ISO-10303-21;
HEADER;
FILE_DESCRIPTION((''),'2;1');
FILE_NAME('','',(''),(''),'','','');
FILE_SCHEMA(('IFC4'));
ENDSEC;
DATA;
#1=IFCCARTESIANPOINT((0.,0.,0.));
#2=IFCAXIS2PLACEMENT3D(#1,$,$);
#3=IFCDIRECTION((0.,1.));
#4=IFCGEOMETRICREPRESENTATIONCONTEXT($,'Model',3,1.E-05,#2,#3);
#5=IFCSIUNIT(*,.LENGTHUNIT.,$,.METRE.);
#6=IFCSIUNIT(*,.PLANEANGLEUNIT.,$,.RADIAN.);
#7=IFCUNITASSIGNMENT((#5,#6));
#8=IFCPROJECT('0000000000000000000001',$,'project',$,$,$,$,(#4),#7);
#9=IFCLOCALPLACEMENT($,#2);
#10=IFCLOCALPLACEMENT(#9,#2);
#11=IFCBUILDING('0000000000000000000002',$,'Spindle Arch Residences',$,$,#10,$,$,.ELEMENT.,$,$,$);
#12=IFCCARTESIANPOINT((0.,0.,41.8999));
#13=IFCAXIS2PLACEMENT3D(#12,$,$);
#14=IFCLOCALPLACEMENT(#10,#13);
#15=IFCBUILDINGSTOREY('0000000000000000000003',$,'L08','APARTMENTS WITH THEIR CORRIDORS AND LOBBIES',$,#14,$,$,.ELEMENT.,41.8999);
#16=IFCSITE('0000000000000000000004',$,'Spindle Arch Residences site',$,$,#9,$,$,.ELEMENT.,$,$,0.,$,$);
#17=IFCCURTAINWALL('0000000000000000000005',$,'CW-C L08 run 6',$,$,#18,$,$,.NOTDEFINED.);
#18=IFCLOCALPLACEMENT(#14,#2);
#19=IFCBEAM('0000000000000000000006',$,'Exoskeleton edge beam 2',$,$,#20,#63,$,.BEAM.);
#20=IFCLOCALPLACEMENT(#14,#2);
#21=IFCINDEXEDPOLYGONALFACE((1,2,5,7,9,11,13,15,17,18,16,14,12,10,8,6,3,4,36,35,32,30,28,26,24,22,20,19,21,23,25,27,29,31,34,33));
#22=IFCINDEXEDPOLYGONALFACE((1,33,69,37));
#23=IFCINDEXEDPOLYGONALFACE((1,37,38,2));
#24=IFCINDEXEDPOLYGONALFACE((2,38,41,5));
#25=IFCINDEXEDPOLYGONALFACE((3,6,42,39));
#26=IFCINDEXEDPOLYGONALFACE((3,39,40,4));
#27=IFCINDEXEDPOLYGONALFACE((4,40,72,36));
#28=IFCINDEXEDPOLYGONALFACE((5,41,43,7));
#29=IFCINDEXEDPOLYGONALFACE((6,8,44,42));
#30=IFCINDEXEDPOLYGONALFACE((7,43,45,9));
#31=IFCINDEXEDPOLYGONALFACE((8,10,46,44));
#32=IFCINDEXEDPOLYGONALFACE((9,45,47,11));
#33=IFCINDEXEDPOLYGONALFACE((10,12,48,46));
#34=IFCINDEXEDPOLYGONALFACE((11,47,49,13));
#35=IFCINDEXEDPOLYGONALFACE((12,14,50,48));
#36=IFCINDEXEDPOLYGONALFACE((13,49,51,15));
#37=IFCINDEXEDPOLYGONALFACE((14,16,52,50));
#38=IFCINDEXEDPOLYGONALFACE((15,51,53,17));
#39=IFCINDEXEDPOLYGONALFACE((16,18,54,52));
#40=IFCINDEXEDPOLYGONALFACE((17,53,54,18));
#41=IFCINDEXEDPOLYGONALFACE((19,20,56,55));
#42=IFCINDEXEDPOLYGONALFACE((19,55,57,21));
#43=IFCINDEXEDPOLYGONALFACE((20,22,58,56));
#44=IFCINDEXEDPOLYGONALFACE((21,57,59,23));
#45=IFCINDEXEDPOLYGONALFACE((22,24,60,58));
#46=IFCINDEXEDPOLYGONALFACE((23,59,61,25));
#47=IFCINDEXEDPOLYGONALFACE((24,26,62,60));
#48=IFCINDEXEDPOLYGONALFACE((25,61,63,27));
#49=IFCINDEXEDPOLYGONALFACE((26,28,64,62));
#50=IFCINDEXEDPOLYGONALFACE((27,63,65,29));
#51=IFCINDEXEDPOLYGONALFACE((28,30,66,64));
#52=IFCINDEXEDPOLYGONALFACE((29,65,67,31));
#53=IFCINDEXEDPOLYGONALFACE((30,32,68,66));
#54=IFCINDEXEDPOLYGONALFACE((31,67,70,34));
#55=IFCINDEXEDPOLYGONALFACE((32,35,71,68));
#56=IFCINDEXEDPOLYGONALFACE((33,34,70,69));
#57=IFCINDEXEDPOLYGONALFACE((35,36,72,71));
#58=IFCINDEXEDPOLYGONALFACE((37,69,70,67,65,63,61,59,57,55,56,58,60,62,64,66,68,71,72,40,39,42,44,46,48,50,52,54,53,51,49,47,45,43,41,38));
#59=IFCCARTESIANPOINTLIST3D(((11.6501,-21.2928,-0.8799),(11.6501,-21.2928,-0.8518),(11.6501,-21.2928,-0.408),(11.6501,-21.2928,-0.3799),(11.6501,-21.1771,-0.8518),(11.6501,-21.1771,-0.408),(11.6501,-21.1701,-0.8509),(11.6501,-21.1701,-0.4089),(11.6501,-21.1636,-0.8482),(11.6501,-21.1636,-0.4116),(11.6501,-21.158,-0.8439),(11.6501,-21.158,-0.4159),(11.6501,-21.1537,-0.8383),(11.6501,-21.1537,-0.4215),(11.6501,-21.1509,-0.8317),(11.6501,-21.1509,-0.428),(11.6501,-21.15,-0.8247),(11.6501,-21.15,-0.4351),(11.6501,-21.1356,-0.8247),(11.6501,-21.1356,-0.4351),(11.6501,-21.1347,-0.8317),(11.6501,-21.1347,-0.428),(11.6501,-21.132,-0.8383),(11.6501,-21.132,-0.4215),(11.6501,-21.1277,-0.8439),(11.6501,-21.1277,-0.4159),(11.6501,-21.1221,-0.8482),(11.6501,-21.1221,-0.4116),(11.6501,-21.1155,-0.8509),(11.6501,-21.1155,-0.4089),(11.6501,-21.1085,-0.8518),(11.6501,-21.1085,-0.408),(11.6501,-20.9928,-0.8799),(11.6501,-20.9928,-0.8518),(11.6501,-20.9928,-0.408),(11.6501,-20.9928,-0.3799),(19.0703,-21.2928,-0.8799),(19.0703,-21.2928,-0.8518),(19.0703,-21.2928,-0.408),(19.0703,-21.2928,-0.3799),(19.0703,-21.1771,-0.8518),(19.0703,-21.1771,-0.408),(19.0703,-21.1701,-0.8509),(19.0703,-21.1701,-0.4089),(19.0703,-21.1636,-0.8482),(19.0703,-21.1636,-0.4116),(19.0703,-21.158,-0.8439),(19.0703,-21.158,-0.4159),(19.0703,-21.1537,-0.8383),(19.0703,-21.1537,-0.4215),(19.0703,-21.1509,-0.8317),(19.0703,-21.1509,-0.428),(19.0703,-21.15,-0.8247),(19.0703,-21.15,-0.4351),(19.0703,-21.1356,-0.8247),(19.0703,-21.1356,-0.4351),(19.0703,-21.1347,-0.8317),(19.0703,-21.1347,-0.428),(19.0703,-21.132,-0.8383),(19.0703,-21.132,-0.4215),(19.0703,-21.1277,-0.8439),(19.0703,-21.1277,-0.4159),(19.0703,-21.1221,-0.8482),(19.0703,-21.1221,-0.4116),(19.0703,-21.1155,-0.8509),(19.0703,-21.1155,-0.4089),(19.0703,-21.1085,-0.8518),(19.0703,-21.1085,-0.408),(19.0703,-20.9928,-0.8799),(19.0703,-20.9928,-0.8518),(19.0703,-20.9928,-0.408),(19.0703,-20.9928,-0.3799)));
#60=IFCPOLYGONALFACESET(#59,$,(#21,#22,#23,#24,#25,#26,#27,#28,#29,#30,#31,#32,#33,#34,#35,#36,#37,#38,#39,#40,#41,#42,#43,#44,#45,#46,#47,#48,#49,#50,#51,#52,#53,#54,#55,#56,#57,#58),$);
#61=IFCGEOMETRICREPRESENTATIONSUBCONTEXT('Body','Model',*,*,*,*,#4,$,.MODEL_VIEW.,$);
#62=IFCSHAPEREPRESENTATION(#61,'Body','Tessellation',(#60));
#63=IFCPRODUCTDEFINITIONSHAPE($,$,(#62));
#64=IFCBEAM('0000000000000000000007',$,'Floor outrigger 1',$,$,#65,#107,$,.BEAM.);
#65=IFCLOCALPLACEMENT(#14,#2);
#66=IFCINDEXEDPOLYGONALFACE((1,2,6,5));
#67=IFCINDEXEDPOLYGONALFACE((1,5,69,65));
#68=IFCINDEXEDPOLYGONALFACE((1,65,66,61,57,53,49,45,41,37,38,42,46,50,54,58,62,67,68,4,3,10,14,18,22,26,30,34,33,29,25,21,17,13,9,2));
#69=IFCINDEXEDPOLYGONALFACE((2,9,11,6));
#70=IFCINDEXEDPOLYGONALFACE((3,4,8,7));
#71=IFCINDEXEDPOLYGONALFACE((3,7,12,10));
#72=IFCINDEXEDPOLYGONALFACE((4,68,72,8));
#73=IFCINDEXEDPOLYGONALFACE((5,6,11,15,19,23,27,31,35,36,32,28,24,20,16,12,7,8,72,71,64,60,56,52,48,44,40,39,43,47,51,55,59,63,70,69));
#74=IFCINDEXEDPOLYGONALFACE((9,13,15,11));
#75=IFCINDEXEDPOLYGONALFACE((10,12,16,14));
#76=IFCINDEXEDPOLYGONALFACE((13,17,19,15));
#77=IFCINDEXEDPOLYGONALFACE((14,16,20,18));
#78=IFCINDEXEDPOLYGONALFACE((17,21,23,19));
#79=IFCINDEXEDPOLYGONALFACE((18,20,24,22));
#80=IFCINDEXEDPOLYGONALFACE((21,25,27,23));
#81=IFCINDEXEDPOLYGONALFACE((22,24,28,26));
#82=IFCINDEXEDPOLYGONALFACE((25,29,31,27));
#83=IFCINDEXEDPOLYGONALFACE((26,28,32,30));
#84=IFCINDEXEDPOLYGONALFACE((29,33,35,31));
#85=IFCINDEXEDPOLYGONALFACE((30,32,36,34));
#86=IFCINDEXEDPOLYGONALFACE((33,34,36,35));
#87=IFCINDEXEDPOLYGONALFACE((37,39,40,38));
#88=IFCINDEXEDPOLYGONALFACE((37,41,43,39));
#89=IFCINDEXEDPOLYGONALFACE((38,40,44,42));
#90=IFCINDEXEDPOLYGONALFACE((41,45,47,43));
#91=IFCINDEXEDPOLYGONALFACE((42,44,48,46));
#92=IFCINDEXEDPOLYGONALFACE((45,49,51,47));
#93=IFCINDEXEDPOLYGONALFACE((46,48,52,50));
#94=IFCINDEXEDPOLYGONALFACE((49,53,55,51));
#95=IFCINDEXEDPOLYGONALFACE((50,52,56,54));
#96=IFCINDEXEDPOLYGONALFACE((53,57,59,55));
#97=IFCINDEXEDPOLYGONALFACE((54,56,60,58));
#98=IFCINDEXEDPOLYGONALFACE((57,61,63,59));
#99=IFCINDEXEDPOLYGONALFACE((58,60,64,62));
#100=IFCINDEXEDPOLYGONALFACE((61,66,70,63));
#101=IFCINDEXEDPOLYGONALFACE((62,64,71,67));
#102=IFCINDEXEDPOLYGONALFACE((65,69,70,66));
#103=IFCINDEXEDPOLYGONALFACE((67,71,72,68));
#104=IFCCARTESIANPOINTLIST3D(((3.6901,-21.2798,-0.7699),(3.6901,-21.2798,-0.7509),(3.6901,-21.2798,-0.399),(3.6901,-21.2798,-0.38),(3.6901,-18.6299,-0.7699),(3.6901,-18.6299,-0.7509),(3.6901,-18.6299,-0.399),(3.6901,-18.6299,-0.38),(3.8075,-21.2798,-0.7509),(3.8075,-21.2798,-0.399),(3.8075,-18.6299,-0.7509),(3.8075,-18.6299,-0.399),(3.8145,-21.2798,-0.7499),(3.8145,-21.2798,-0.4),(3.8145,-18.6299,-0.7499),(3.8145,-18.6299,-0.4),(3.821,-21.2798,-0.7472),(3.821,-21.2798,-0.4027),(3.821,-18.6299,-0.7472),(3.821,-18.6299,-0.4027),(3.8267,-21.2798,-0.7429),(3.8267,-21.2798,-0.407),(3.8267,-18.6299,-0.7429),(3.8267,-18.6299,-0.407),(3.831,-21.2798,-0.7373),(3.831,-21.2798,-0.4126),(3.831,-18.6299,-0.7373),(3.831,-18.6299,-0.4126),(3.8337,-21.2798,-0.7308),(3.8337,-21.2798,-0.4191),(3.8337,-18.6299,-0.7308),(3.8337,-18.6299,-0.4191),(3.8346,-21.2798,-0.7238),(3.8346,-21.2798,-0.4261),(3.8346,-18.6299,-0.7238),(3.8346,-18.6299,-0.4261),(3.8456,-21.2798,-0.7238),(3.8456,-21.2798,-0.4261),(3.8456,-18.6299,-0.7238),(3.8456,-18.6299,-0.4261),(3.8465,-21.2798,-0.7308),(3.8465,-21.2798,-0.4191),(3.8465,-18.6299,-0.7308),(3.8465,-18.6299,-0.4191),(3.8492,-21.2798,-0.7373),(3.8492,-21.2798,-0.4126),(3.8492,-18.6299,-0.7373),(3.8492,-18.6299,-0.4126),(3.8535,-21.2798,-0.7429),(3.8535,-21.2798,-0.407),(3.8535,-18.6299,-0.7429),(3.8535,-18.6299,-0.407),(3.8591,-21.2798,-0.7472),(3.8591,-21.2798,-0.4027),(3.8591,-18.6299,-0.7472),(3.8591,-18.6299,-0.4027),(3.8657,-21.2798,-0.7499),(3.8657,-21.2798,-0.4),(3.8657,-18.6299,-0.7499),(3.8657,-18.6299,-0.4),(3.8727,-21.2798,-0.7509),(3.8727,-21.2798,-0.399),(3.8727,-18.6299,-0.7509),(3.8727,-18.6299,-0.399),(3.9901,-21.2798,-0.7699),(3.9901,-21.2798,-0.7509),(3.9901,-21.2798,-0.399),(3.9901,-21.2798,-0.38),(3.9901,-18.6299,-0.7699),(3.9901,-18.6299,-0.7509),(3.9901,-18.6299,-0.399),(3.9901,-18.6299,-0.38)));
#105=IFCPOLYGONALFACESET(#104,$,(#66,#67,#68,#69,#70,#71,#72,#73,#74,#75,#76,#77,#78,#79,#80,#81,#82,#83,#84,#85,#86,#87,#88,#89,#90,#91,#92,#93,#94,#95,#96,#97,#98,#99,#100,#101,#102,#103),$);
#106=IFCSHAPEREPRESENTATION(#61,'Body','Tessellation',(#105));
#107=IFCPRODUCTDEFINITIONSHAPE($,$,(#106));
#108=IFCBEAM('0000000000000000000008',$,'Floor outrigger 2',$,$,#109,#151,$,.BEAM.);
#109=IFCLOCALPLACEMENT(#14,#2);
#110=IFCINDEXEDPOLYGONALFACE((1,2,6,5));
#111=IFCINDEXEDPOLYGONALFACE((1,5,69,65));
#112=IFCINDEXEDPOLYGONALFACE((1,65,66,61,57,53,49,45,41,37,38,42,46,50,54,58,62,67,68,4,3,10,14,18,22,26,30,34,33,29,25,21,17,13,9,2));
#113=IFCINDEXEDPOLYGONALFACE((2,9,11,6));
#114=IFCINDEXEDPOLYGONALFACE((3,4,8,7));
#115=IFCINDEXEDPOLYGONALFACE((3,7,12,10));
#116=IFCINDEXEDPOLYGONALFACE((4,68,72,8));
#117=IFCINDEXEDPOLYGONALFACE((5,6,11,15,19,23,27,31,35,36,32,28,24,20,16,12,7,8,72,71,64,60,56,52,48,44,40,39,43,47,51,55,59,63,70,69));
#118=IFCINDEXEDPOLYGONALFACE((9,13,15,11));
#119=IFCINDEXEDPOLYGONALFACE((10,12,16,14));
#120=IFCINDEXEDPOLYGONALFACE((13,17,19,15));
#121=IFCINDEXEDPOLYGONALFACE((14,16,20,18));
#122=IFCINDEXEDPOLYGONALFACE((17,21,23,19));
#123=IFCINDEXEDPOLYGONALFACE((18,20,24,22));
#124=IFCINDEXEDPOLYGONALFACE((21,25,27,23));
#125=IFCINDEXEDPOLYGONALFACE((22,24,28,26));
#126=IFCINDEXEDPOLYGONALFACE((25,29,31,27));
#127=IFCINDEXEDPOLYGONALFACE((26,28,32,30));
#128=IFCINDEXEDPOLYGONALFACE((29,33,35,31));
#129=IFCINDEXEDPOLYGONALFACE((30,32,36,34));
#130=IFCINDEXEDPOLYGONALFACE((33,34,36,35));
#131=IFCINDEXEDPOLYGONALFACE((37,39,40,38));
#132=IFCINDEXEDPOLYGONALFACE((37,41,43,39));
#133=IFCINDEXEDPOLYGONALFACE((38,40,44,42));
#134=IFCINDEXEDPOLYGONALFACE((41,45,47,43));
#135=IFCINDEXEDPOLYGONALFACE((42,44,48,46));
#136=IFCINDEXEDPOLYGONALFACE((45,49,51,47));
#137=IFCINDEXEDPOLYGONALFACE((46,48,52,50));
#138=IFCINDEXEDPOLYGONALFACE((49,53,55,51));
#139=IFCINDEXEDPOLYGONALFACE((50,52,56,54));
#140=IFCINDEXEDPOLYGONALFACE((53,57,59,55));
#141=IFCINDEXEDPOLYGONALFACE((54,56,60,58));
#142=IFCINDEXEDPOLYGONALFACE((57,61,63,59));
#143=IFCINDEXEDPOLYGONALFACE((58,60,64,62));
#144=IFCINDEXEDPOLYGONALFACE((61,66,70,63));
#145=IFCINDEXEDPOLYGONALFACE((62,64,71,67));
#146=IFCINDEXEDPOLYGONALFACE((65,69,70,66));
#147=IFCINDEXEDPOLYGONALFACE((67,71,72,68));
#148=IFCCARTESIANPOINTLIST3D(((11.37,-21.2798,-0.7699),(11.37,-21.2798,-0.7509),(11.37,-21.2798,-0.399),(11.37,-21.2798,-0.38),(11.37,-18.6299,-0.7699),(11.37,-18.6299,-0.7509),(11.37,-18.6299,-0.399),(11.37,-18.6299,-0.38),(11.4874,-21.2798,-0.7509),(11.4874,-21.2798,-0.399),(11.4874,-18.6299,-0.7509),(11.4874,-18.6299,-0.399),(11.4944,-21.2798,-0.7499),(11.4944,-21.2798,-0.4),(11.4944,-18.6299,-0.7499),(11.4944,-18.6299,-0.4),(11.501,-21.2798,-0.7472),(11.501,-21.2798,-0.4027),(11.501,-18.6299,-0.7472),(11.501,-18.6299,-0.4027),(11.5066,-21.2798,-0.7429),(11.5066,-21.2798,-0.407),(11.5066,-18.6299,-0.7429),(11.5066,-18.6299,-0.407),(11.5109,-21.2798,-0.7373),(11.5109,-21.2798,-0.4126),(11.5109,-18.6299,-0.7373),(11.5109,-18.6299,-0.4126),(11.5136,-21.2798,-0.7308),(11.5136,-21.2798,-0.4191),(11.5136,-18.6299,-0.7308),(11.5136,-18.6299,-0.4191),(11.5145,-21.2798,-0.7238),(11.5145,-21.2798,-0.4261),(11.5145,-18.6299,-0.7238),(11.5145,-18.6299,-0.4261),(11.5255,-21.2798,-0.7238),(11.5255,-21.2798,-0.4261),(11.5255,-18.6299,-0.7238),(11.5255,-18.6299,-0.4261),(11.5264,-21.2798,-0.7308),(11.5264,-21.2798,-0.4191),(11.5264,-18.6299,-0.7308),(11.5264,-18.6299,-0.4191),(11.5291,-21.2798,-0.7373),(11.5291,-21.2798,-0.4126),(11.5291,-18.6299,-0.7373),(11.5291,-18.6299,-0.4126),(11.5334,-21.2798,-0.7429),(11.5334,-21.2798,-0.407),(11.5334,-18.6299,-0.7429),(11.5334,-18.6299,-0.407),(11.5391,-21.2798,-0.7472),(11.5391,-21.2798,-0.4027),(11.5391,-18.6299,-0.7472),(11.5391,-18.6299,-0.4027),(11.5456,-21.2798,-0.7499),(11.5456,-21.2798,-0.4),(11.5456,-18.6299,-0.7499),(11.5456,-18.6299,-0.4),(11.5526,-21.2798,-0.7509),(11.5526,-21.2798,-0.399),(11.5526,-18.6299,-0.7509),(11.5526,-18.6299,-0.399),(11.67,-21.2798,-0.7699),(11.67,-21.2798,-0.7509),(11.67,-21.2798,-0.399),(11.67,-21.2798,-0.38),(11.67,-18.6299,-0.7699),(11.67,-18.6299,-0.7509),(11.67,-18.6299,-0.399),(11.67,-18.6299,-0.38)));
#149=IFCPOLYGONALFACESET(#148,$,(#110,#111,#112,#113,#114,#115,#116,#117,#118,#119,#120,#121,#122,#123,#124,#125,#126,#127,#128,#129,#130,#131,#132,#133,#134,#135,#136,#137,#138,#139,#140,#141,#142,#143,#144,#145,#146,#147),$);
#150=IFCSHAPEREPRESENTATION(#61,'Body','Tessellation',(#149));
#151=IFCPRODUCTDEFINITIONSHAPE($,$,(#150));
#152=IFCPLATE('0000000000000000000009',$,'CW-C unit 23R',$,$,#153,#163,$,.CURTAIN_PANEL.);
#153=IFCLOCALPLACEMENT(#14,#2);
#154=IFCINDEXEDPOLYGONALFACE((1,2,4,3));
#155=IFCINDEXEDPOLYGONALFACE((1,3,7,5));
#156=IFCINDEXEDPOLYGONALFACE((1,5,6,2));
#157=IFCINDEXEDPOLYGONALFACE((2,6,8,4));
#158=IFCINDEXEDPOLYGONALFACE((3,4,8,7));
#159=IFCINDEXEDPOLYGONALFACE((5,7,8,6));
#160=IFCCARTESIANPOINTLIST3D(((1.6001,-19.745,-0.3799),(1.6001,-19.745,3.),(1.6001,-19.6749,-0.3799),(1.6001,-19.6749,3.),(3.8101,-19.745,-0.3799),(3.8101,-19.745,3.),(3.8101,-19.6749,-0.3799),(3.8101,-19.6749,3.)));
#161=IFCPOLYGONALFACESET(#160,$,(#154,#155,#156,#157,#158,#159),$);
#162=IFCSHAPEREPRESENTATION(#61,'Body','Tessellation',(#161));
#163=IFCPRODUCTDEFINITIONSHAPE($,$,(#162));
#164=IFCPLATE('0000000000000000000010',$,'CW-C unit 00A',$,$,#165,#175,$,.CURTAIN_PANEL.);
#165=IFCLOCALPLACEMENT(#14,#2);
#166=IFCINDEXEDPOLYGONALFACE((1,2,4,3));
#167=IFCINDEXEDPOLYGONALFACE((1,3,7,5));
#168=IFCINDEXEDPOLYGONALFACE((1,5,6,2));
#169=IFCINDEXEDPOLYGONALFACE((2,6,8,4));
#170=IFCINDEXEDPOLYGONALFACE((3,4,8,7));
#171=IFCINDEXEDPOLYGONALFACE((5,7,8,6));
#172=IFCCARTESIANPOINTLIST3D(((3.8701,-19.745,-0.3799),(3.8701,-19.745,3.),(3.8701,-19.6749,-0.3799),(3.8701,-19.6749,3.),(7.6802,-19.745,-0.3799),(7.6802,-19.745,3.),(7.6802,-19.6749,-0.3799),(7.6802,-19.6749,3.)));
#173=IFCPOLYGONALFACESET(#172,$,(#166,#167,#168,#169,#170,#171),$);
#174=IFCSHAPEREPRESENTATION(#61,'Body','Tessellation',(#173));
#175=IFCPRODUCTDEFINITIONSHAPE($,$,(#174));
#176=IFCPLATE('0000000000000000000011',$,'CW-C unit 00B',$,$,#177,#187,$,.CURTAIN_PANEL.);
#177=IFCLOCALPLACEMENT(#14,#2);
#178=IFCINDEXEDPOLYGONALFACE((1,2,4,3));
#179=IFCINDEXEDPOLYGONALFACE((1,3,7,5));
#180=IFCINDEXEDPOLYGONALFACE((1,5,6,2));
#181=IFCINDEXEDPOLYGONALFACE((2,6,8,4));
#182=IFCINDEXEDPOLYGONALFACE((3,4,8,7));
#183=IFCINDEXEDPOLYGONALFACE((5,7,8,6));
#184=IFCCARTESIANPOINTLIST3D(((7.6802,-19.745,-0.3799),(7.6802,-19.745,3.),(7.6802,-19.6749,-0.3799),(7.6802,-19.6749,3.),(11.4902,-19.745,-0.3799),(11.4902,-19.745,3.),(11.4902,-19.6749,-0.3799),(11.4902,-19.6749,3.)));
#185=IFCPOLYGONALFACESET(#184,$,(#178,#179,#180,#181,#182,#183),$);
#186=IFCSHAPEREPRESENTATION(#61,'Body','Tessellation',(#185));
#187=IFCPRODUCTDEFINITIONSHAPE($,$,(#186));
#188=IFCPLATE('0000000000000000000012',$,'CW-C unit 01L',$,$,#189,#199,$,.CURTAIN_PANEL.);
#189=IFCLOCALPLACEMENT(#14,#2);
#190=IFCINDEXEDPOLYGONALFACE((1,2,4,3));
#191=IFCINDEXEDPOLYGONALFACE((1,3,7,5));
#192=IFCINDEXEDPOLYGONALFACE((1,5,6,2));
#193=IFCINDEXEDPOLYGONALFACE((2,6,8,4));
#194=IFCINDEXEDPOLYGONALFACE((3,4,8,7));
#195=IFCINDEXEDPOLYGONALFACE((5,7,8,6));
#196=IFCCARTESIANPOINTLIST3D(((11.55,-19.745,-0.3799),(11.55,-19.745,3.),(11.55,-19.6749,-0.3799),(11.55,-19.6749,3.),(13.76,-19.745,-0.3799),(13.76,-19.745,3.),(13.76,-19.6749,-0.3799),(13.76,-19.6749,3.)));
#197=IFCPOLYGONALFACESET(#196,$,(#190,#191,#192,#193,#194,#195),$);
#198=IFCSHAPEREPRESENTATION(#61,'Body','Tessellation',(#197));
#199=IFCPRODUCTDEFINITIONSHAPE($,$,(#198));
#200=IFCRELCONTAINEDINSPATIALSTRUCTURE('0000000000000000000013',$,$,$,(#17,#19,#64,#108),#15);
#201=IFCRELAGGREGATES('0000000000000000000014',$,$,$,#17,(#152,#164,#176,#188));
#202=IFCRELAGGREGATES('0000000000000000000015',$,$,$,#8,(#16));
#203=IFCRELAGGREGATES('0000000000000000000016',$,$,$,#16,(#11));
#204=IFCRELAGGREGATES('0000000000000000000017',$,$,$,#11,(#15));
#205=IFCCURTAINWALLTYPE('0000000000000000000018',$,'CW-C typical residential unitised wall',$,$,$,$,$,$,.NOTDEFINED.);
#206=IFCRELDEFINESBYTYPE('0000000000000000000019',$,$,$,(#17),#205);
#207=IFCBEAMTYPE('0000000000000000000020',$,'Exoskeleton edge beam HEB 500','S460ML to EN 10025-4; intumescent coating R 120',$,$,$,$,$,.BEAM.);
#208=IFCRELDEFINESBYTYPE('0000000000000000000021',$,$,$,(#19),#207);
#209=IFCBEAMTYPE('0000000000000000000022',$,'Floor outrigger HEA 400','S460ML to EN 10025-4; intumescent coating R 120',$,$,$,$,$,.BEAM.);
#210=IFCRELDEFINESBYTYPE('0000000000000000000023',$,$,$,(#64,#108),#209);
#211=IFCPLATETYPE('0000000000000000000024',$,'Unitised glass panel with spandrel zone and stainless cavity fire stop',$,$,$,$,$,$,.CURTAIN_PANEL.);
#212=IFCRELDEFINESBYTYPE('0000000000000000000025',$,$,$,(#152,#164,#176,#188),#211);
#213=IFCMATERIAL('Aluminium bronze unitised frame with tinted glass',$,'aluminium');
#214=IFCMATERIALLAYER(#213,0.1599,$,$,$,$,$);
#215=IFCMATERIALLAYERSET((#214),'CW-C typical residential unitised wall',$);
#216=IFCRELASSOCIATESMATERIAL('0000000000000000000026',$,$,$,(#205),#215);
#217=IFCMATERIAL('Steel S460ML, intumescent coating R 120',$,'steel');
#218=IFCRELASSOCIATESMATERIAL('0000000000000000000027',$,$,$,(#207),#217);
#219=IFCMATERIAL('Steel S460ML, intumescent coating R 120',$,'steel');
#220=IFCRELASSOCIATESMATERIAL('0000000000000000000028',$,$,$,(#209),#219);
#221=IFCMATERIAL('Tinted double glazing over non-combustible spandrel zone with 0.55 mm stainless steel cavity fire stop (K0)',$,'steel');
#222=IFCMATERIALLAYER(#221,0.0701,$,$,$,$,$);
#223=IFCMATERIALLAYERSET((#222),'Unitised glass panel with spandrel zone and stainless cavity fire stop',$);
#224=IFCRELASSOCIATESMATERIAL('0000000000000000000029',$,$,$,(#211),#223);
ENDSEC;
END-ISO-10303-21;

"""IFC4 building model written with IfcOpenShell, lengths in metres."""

from ifc_helpers import new_model, si_unit, direction, frame, origin, origin_2d, place, context, subcontext, project, spatial, rectangle, i_section, extrude, material, layer, layer_set, material_profile, profile_set, type_object, element, aggregate, save


model = new_model("IFC4")

# Units and contexts
model_context = context("Model", 3, precision=1e-05, world=origin(), true_north=direction((0.0, 1.0)))
body_context = subcontext(model_context, "Body", "Model", "MODEL_VIEW")
ifc_project = project(units=[si_unit("LENGTHUNIT", "METRE"), si_unit("PLANEANGLEUNIT", "RADIAN")], contexts=[model_context])

# Site, building, storey
site_placement = place(None, origin())
site = spatial("IfcSite", under=ifc_project, at=site_placement, Name="Spindle Arch Residences site", CompositionType="ELEMENT", RefElevation=0.0)
building_placement = place(site_placement, origin())
building = spatial("IfcBuilding", under=site, at=building_placement, Name="Spindle Arch Residences", CompositionType="ELEMENT")
storey_placement = place(building_placement, frame((0.0, 0.0, 41.8999)))
storey = spatial("IfcBuildingStorey", under=building, at=storey_placement, Name="L08", Description="APARTMENTS WITH THEIR CORRIDORS AND LOBBIES", CompositionType="ELEMENT", Elevation=41.8999)

# Curtain wall
ifc_material_1 = material(Name="Aluminium bronze unitised frame with tinted glass", Category="aluminium")
ifc_layer_1 = layer(ifc_material_1, 0.1599)
ifc_layer_set_1 = layer_set([ifc_layer_1], Name="CW-C typical residential unitised wall")
curtain_wall_type = type_object("IfcCurtainWallType", Name="CW-C typical residential unitised wall", PredefinedType="NOTDEFINED", material=ifc_layer_set_1)
curtain_wall_placement = place(storey_placement, origin())
curtain_wall = element("IfcCurtainWall", 1, at=curtain_wall_placement, inside=storey, type_object=curtain_wall_type, Name="CW-C L08 run 6", PredefinedType="NOTDEFINED")

# Beams
ifc_material_2 = material(Name="Steel S460ML, intumescent coating R 120", Category="steel")
ifc_material_profile_1 = material_profile(ifc_material_2, i_section(OverallWidth=0.3, OverallDepth=0.5, WebThickness=0.0144, FlangeThickness=0.0281, FilletRadius=0.0271, at=origin_2d()), Name="HEB 500")
ifc_profile_set_1 = profile_set([ifc_material_profile_1], Name="Steel S460ML, intumescent coating R 120")
beam_type_1 = type_object("IfcBeamType", Name="Exoskeleton edge beam HEB 500", Description="S460ML to EN 10025-4; intumescent coating R 120", PredefinedType="BEAM", material=ifc_profile_set_1)
for number, where, z_axis, x_axis, name in (
    (2, (11.6501, -21.1428, -0.6299), (1.0, 0.0, 0.0), (0.0, 1.0, 0.0), "Exoskeleton edge beam 2"),
):
    element("IfcBeam", number, at=place(storey_placement, frame(where, z_axis=z_axis, x_axis=x_axis)), inside=storey, type_object=beam_type_1, Name=name, PredefinedType="BEAM", context=body_context, shape_type="SweptSolid", body=[
        extrude(i_section(OverallWidth=0.3, OverallDepth=0.5, WebThickness=0.0144, FlangeThickness=0.0281, FilletRadius=0.0271, at=origin_2d()), origin(), (0.0, 0.0, 1.0), 7.4202),
    ])
ifc_material_3 = material(Name="Steel S460ML, intumescent coating R 120", Category="steel")
ifc_material_profile_2 = material_profile(ifc_material_3, i_section(OverallWidth=0.3, OverallDepth=0.3899, WebThickness=0.011, FlangeThickness=0.019, FilletRadius=0.0271, at=origin_2d()), Name="HEA 400")
ifc_profile_set_2 = profile_set([ifc_material_profile_2], Name="Steel S460ML, intumescent coating R 120")
beam_type_2 = type_object("IfcBeamType", Name="Floor outrigger HEA 400", Description="S460ML to EN 10025-4; intumescent coating R 120", PredefinedType="BEAM", material=ifc_profile_set_2)
for number, where, z_axis, x_axis, name in (
    (3, (3.8401, -21.2798, -0.575), (0.0, 1.0, 0.0), (-1.0, 0.0, 0.0), "Floor outrigger 1"),
    (4, (11.52, -21.2798, -0.575), (0.0, 1.0, 0.0), (-1.0, 0.0, 0.0), "Floor outrigger 2"),
):
    element("IfcBeam", number, at=place(storey_placement, frame(where, z_axis=z_axis, x_axis=x_axis)), inside=storey, type_object=beam_type_2, Name=name, PredefinedType="BEAM", context=body_context, shape_type="SweptSolid", body=[
        extrude(i_section(OverallWidth=0.3, OverallDepth=0.3899, WebThickness=0.011, FlangeThickness=0.019, FilletRadius=0.0271, at=origin_2d()), origin(), (0.0, 0.0, 1.0), 2.6499),
    ])

# Plates
ifc_material_4 = material(Name="Tinted double glazing over non-combustible spandrel zone with 0.55 mm stainless steel cavity fire stop (K0)", Category="steel")
ifc_layer_2 = layer(ifc_material_4, 0.0701)
ifc_layer_set_2 = layer_set([ifc_layer_2], Name="Unitised glass panel with spandrel zone and stainless cavity fire stop")
plate_type = type_object("IfcPlateType", Name="Unitised glass panel with spandrel zone and stainless cavity fire stop", PredefinedType="CURTAIN_PANEL", material=ifc_layer_set_2)
plate_1_placement = place(storey_placement, frame((2.7051, -19.71, -0.3799), z_axis=(0.0, 0.0, 1.0), x_axis=(1.0, 0.0, 0.0)))
plate_1 = element("IfcPlate", 5, at=plate_1_placement, type_object=plate_type, Name="CW-C unit 23R", PredefinedType="CURTAIN_PANEL", context=body_context, shape_type="SweptSolid", body=[
    extrude(rectangle(XDim=2.21, YDim=0.0701, at=origin_2d()), origin(), (0.0, 0.0, 1.0), 3.3799),
])
plate_2_placement = place(storey_placement, frame((5.7751, -19.71, -0.3799), z_axis=(0.0, 0.0, 1.0), x_axis=(1.0, 0.0, 0.0)))
plate_2 = element("IfcPlate", 6, at=plate_2_placement, type_object=plate_type, Name="CW-C unit 00A", PredefinedType="CURTAIN_PANEL", context=body_context, shape_type="SweptSolid", body=[
    extrude(rectangle(XDim=3.8101, YDim=0.0701, at=origin_2d()), origin(), (0.0, 0.0, 1.0), 3.3799),
])
plate_3_placement = place(storey_placement, frame((9.5852, -19.71, -0.3799), z_axis=(0.0, 0.0, 1.0), x_axis=(1.0, 0.0, 0.0)))
plate_3 = element("IfcPlate", 7, at=plate_3_placement, type_object=plate_type, Name="CW-C unit 00B", PredefinedType="CURTAIN_PANEL", context=body_context, shape_type="SweptSolid", body=[
    extrude(rectangle(XDim=3.8101, YDim=0.0701, at=origin_2d()), origin(), (0.0, 0.0, 1.0), 3.3799),
])
plate_4_placement = place(storey_placement, frame((12.655, -19.71, -0.3799), z_axis=(0.0, 0.0, 1.0), x_axis=(1.0, 0.0, 0.0)))
plate_4 = element("IfcPlate", 8, at=plate_4_placement, type_object=plate_type, Name="CW-C unit 01L", PredefinedType="CURTAIN_PANEL", context=body_context, shape_type="SweptSolid", body=[
    extrude(rectangle(XDim=2.21, YDim=0.0701, at=origin_2d()), origin(), (0.0, 0.0, 1.0), 3.3799),
])
aggregate(curtain_wall, [plate_1, plate_2, plate_3, plate_4])

save(model, "model.ifc")
